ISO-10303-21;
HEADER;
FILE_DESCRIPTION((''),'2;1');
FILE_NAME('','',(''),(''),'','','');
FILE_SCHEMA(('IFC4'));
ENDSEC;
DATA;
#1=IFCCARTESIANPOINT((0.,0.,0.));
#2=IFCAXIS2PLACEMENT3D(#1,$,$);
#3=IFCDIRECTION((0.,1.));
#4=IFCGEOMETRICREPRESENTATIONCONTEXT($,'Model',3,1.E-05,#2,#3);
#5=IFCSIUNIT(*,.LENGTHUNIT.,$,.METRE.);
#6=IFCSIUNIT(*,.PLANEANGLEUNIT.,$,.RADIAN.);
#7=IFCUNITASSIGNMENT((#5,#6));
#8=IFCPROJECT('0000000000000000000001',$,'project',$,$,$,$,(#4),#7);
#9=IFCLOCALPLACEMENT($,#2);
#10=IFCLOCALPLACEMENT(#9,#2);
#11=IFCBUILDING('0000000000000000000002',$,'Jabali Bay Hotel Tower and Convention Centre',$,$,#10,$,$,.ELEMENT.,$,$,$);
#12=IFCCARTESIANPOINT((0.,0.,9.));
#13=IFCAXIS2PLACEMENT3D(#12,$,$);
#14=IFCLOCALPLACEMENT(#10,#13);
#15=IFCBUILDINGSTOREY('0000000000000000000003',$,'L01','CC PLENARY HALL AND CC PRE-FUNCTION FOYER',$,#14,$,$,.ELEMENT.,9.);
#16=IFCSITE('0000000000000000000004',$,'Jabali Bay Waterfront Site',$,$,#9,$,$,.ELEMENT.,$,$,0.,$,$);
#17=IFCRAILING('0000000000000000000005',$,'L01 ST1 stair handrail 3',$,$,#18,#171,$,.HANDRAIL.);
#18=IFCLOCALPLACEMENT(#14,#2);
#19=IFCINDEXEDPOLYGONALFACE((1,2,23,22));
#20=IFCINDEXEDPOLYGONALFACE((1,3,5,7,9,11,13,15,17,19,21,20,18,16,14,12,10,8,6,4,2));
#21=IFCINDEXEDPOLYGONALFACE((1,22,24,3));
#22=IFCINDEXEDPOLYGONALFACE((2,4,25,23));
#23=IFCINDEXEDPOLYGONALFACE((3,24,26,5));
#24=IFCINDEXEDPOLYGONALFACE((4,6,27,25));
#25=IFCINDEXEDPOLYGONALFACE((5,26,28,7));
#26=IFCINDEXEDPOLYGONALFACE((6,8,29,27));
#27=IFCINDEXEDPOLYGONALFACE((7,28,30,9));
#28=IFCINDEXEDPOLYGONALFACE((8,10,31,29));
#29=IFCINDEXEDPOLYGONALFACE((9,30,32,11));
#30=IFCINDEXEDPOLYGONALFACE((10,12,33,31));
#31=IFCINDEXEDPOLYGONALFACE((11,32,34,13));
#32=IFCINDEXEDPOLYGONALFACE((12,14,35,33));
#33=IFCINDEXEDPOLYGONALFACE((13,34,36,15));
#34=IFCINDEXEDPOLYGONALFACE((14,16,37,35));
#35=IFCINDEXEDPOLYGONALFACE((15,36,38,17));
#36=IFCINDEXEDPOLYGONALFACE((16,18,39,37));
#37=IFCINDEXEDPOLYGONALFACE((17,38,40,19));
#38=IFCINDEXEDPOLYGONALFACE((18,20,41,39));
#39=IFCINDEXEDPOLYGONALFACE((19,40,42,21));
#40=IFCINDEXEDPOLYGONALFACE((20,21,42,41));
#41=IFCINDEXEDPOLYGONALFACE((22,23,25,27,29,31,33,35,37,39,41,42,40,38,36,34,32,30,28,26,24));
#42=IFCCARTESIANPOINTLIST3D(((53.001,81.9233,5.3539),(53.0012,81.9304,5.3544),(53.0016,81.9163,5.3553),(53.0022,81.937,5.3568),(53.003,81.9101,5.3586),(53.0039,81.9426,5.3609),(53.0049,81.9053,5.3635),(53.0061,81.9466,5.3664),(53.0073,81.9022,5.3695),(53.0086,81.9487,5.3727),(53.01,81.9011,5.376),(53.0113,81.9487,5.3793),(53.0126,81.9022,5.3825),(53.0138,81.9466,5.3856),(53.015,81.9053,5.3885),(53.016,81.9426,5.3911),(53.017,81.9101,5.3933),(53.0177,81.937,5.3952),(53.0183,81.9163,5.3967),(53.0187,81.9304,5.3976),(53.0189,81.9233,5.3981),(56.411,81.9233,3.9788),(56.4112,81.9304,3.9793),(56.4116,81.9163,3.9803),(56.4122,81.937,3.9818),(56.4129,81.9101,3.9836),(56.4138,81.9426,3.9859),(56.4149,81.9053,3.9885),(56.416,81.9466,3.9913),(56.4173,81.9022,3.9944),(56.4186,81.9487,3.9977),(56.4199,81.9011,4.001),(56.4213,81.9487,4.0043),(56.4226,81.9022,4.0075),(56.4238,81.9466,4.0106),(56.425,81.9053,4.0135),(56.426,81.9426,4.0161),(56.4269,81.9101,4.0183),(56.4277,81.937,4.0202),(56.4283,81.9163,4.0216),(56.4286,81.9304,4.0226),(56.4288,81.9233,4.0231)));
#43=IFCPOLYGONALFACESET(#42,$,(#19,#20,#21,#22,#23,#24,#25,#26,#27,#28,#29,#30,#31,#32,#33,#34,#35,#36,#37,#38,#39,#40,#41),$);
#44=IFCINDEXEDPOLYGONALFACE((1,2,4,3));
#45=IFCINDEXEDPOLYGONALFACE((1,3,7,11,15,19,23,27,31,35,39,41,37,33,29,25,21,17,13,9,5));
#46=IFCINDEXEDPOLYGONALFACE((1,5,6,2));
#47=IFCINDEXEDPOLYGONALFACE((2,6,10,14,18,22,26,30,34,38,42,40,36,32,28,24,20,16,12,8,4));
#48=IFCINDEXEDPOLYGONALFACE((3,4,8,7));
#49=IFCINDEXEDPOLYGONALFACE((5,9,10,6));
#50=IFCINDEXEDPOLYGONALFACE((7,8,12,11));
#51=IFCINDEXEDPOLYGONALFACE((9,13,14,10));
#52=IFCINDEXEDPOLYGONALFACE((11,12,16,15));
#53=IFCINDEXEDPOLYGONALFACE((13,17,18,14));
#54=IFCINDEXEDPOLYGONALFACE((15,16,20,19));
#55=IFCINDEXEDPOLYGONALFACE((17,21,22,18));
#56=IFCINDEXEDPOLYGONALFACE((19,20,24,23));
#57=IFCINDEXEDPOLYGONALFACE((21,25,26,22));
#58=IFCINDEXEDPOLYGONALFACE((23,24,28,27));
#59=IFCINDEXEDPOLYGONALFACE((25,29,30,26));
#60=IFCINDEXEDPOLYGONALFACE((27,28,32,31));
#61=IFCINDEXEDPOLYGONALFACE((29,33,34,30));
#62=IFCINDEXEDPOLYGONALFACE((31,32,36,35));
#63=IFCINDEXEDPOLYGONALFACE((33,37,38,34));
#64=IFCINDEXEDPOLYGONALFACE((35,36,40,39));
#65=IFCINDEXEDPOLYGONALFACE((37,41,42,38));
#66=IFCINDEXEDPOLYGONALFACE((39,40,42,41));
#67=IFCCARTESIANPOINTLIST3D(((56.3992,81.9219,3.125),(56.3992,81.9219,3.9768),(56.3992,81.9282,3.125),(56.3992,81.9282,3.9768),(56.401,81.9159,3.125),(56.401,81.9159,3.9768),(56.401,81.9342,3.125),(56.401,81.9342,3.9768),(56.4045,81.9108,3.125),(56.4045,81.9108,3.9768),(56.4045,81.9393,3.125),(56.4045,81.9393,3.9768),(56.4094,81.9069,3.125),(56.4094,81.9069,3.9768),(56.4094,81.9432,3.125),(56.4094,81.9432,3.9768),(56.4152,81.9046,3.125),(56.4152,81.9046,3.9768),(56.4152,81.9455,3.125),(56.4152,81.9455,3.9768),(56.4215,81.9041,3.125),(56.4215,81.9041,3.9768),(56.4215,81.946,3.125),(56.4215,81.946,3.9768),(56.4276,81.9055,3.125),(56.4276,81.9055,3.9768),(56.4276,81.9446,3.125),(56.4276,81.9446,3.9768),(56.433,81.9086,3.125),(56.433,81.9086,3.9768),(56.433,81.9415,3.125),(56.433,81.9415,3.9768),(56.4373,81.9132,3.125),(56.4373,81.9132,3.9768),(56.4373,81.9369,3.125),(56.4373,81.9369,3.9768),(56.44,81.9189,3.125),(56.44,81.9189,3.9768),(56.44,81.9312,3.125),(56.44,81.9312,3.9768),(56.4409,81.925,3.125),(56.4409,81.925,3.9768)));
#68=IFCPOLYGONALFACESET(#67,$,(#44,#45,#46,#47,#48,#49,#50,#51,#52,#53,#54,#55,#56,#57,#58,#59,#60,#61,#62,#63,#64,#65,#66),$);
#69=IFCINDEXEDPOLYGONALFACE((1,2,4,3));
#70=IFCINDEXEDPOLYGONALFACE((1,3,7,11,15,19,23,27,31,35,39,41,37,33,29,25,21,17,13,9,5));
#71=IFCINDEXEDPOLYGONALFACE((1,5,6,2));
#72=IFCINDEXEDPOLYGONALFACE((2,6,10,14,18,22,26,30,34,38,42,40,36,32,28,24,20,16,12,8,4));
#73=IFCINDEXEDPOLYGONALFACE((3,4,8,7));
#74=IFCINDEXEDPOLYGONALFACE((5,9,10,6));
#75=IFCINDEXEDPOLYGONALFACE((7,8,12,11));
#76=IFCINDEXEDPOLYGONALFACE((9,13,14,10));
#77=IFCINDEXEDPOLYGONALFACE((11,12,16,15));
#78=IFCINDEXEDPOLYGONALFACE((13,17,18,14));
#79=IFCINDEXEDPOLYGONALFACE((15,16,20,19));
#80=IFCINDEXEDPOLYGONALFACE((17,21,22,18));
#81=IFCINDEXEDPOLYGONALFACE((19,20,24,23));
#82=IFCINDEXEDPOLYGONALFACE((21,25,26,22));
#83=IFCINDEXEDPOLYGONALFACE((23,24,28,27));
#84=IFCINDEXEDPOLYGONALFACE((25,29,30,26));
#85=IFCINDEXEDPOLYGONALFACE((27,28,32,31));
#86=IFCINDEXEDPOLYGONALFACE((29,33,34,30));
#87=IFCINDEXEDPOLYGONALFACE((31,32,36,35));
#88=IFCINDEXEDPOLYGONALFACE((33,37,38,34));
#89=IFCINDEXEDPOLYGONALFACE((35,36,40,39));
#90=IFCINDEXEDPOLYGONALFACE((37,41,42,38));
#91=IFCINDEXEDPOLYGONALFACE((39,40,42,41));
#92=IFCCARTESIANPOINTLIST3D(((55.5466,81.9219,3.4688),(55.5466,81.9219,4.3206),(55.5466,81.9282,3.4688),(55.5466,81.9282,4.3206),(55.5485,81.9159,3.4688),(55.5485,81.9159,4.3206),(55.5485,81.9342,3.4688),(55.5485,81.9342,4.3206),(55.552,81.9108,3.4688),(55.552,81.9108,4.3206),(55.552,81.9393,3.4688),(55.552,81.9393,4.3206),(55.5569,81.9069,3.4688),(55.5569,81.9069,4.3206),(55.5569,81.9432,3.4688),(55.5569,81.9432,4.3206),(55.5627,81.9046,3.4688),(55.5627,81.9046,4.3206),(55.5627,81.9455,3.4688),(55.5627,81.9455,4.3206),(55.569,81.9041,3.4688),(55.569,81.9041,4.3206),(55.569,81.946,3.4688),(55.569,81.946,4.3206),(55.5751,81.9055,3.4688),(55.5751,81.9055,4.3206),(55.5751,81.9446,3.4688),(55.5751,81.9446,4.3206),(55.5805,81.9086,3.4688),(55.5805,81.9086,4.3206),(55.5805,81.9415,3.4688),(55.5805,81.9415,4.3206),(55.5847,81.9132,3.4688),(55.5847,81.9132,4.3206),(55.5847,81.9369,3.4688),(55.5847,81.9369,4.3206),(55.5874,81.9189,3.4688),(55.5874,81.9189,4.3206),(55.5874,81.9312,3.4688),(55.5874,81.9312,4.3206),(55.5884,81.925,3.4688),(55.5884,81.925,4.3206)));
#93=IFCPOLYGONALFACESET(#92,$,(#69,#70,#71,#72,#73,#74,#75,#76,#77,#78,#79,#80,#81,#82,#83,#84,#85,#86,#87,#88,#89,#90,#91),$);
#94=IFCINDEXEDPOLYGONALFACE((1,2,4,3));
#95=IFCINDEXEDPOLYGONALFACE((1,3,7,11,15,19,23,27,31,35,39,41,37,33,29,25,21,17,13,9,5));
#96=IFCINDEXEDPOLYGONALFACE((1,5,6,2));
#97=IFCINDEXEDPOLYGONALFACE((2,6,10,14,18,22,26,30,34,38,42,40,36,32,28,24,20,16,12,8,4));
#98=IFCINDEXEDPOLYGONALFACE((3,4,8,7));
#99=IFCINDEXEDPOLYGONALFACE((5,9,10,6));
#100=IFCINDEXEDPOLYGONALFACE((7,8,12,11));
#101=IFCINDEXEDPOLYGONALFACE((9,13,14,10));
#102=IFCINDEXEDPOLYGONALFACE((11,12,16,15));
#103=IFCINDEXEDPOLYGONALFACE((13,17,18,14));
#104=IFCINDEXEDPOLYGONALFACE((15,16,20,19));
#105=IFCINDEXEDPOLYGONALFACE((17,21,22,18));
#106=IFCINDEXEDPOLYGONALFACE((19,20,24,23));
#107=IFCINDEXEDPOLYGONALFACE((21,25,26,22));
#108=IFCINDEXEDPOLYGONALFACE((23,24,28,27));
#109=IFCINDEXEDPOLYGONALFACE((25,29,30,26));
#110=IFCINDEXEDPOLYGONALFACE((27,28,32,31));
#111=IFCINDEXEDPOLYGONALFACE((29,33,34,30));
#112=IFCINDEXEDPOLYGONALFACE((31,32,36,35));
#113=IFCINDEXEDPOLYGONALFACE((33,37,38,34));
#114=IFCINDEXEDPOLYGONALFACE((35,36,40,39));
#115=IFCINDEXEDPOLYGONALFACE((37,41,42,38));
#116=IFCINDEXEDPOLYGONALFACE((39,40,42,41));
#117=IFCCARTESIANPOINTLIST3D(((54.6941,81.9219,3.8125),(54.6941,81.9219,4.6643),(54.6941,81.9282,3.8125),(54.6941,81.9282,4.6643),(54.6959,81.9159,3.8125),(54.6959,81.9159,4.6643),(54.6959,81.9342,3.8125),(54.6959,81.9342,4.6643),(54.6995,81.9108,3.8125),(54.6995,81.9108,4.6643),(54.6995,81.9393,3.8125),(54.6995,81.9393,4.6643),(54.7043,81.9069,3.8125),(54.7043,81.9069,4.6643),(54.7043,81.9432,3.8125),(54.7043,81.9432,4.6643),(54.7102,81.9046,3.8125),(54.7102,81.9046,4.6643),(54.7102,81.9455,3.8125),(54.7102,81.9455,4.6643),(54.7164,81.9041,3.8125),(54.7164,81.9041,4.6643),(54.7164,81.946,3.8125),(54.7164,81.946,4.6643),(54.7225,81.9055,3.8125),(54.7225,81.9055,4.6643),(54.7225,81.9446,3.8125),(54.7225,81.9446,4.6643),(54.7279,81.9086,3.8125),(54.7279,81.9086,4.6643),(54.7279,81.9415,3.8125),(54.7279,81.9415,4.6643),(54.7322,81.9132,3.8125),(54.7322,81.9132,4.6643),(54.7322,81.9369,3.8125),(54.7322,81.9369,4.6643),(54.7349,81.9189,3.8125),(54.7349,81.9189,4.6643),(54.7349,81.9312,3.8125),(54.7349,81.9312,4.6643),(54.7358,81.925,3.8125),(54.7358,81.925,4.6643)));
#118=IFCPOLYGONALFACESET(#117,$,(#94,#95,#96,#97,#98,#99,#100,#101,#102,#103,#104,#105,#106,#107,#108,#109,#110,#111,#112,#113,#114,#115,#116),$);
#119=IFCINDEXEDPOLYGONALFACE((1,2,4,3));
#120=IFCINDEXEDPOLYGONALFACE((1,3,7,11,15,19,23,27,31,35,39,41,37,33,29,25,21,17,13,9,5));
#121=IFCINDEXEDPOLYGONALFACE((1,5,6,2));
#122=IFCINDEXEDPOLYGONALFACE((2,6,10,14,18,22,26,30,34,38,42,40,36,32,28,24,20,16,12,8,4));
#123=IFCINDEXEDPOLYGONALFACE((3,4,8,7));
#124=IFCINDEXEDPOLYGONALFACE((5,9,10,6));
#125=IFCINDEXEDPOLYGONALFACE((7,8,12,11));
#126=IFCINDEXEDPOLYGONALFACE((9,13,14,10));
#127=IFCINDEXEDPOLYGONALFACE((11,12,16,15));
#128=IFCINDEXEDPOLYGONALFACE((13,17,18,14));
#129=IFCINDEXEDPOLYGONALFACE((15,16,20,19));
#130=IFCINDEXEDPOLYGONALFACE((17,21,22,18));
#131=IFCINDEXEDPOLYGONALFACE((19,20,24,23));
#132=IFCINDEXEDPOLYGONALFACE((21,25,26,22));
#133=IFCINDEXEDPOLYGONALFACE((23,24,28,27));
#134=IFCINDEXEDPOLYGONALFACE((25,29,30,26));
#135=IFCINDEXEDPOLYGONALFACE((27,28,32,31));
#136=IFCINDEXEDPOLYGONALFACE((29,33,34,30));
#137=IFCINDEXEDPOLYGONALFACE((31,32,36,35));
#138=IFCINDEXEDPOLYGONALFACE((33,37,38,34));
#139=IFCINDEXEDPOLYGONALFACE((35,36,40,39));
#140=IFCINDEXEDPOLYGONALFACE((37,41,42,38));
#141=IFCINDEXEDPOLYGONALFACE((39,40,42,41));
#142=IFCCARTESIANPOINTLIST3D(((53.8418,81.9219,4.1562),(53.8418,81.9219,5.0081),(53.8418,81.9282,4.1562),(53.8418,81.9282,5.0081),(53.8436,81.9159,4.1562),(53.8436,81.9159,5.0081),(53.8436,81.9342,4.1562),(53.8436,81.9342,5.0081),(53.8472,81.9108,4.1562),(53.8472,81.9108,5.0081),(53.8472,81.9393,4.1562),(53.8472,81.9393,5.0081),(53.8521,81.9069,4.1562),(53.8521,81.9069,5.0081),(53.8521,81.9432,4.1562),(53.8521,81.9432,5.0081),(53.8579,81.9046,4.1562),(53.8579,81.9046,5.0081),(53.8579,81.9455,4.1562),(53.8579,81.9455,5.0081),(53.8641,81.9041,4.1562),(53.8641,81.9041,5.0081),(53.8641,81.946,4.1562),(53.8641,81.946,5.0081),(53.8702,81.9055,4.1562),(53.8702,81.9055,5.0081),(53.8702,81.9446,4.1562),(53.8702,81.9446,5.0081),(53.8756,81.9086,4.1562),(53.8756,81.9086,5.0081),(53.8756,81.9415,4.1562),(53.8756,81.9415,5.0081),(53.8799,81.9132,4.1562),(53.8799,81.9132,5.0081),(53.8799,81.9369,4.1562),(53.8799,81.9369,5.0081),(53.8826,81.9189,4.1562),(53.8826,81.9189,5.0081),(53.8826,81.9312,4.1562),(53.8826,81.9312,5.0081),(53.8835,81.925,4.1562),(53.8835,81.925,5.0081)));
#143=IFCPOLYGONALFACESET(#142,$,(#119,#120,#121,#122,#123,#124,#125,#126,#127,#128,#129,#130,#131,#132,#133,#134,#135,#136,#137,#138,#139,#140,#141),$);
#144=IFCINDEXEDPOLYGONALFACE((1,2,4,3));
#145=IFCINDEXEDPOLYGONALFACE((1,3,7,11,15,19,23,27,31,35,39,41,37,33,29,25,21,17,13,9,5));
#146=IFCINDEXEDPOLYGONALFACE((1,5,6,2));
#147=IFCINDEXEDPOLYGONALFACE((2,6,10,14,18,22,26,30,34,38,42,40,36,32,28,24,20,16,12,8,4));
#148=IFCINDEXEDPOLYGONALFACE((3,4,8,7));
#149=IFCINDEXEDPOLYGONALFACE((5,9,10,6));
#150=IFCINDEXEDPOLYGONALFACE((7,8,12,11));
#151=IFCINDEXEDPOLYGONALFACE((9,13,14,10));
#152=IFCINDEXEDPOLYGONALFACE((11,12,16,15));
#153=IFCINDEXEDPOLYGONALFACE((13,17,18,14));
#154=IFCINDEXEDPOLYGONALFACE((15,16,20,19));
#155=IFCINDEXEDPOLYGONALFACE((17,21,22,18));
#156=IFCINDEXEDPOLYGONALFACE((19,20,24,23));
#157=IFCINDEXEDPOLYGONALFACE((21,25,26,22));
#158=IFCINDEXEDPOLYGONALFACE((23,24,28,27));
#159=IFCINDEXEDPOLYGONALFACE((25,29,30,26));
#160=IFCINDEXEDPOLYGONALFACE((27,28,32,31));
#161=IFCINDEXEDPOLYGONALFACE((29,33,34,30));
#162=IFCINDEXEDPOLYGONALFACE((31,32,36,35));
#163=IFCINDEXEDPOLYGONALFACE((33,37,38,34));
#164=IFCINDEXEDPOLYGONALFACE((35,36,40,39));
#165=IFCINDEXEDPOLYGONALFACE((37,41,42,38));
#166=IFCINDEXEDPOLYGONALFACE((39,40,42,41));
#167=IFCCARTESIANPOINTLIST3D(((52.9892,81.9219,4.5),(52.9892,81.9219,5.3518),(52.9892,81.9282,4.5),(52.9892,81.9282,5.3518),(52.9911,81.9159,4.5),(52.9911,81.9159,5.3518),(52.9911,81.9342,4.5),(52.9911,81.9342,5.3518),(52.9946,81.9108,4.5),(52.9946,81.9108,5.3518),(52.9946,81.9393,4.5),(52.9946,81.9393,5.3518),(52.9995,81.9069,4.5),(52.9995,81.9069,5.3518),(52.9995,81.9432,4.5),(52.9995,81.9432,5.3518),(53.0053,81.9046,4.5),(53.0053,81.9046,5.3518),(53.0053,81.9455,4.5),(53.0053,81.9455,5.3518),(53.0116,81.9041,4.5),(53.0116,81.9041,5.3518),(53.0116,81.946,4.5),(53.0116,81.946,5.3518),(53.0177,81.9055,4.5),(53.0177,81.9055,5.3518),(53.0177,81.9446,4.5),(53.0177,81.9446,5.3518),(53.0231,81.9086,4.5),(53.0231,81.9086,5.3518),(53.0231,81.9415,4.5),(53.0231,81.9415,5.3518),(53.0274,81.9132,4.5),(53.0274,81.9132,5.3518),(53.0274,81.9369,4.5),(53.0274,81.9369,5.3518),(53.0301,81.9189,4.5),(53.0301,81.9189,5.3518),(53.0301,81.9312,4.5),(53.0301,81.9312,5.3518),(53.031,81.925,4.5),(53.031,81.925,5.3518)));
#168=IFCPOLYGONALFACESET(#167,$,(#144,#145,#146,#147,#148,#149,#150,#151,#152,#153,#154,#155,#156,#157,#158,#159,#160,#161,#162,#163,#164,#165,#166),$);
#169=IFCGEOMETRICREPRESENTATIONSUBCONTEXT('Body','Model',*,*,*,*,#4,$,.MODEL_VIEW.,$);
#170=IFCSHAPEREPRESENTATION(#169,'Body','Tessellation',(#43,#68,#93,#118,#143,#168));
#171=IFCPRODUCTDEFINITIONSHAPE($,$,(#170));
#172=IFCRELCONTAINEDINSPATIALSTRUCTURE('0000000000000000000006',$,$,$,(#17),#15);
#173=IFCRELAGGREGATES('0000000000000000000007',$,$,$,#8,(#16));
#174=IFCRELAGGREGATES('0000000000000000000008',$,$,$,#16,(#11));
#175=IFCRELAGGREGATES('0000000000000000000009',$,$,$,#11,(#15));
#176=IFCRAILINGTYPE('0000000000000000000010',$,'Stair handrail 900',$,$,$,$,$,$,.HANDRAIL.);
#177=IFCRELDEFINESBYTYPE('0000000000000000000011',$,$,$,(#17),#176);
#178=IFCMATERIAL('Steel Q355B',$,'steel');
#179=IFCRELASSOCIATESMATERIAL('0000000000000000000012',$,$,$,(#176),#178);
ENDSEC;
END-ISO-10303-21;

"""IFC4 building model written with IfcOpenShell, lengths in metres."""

from ifc_helpers import new_model, si_unit, direction, frame, origin, origin_2d, place, context, subcontext, project, spatial, circle, extrude, material, type_object, element, save


model = new_model("IFC4")

# Units and contexts
model_context = context("Model", 3, precision=1e-05, world=origin(), true_north=direction((0.0, 1.0)))
body_context = subcontext(model_context, "Body", "Model", "MODEL_VIEW")
ifc_project = project(units=[si_unit("LENGTHUNIT", "METRE"), si_unit("PLANEANGLEUNIT", "RADIAN")], contexts=[model_context])

# Site, building, storey
site_placement = place(None, origin())
site = spatial("IfcSite", under=ifc_project, at=site_placement, Name="Jabali Bay Waterfront Site", CompositionType="ELEMENT", RefElevation=0.0)
building_placement = place(site_placement, origin())
building = spatial("IfcBuilding", under=site, at=building_placement, Name="Jabali Bay Hotel Tower and Convention Centre", CompositionType="ELEMENT")
storey_placement = place(building_placement, frame((0.0, 0.0, 9.0)))
storey = spatial("IfcBuildingStorey", under=building, at=storey_placement, Name="L01", Description="CC PLENARY HALL AND CC PRE-FUNCTION FOYER", CompositionType="ELEMENT", Elevation=9.0)

# Railing
ifc_material_1 = material(Name="Steel Q355B", Category="steel")
railing_type_1 = type_object("IfcRailingType", Name="Stair handrail 900", PredefinedType="HANDRAIL", material=ifc_material_1)
railing_1_placement = place(storey_placement, frame((56.4199, 81.925, 3.125)))
element("IfcRailing", 1, at=railing_1_placement, inside=storey, type_object=railing_type_1, Name="L01 ST1 stair handrail 3", PredefinedType="HANDRAIL", context=body_context, shape_type="SweptSolid", body=[
    extrude(circle(Radius=0.0239, at=origin_2d()), frame((0.0, 0.0, 0.876), z_axis=(-0.927438, 0.0, 0.373977), x_axis=(0.0, -1.0, 0.0)), (0.0, 0.0, 1.0), 3.6768),
    extrude(circle(Radius=0.021, at=origin_2d()), origin(), (0.0, 0.0, 1.0), 0.8518),
    extrude(circle(Radius=0.021, at=origin_2d()), frame((-0.8525, 0.0, 0.3438)), (0.0, 0.0, 1.0), 0.8518),
    extrude(circle(Radius=0.021, at=origin_2d()), frame((-1.7051, 0.0, 0.6875)), (0.0, 0.0, 1.0), 0.8518),
    extrude(circle(Radius=0.021, at=origin_2d()), frame((-2.5574, 0.0, 1.0312)), (0.0, 0.0, 1.0), 0.8518),
    extrude(circle(Radius=0.021, at=origin_2d()), frame((-3.4099, 0.0, 1.375)), (0.0, 0.0, 1.0), 0.8518),
])

save(model, "model.ifc")
